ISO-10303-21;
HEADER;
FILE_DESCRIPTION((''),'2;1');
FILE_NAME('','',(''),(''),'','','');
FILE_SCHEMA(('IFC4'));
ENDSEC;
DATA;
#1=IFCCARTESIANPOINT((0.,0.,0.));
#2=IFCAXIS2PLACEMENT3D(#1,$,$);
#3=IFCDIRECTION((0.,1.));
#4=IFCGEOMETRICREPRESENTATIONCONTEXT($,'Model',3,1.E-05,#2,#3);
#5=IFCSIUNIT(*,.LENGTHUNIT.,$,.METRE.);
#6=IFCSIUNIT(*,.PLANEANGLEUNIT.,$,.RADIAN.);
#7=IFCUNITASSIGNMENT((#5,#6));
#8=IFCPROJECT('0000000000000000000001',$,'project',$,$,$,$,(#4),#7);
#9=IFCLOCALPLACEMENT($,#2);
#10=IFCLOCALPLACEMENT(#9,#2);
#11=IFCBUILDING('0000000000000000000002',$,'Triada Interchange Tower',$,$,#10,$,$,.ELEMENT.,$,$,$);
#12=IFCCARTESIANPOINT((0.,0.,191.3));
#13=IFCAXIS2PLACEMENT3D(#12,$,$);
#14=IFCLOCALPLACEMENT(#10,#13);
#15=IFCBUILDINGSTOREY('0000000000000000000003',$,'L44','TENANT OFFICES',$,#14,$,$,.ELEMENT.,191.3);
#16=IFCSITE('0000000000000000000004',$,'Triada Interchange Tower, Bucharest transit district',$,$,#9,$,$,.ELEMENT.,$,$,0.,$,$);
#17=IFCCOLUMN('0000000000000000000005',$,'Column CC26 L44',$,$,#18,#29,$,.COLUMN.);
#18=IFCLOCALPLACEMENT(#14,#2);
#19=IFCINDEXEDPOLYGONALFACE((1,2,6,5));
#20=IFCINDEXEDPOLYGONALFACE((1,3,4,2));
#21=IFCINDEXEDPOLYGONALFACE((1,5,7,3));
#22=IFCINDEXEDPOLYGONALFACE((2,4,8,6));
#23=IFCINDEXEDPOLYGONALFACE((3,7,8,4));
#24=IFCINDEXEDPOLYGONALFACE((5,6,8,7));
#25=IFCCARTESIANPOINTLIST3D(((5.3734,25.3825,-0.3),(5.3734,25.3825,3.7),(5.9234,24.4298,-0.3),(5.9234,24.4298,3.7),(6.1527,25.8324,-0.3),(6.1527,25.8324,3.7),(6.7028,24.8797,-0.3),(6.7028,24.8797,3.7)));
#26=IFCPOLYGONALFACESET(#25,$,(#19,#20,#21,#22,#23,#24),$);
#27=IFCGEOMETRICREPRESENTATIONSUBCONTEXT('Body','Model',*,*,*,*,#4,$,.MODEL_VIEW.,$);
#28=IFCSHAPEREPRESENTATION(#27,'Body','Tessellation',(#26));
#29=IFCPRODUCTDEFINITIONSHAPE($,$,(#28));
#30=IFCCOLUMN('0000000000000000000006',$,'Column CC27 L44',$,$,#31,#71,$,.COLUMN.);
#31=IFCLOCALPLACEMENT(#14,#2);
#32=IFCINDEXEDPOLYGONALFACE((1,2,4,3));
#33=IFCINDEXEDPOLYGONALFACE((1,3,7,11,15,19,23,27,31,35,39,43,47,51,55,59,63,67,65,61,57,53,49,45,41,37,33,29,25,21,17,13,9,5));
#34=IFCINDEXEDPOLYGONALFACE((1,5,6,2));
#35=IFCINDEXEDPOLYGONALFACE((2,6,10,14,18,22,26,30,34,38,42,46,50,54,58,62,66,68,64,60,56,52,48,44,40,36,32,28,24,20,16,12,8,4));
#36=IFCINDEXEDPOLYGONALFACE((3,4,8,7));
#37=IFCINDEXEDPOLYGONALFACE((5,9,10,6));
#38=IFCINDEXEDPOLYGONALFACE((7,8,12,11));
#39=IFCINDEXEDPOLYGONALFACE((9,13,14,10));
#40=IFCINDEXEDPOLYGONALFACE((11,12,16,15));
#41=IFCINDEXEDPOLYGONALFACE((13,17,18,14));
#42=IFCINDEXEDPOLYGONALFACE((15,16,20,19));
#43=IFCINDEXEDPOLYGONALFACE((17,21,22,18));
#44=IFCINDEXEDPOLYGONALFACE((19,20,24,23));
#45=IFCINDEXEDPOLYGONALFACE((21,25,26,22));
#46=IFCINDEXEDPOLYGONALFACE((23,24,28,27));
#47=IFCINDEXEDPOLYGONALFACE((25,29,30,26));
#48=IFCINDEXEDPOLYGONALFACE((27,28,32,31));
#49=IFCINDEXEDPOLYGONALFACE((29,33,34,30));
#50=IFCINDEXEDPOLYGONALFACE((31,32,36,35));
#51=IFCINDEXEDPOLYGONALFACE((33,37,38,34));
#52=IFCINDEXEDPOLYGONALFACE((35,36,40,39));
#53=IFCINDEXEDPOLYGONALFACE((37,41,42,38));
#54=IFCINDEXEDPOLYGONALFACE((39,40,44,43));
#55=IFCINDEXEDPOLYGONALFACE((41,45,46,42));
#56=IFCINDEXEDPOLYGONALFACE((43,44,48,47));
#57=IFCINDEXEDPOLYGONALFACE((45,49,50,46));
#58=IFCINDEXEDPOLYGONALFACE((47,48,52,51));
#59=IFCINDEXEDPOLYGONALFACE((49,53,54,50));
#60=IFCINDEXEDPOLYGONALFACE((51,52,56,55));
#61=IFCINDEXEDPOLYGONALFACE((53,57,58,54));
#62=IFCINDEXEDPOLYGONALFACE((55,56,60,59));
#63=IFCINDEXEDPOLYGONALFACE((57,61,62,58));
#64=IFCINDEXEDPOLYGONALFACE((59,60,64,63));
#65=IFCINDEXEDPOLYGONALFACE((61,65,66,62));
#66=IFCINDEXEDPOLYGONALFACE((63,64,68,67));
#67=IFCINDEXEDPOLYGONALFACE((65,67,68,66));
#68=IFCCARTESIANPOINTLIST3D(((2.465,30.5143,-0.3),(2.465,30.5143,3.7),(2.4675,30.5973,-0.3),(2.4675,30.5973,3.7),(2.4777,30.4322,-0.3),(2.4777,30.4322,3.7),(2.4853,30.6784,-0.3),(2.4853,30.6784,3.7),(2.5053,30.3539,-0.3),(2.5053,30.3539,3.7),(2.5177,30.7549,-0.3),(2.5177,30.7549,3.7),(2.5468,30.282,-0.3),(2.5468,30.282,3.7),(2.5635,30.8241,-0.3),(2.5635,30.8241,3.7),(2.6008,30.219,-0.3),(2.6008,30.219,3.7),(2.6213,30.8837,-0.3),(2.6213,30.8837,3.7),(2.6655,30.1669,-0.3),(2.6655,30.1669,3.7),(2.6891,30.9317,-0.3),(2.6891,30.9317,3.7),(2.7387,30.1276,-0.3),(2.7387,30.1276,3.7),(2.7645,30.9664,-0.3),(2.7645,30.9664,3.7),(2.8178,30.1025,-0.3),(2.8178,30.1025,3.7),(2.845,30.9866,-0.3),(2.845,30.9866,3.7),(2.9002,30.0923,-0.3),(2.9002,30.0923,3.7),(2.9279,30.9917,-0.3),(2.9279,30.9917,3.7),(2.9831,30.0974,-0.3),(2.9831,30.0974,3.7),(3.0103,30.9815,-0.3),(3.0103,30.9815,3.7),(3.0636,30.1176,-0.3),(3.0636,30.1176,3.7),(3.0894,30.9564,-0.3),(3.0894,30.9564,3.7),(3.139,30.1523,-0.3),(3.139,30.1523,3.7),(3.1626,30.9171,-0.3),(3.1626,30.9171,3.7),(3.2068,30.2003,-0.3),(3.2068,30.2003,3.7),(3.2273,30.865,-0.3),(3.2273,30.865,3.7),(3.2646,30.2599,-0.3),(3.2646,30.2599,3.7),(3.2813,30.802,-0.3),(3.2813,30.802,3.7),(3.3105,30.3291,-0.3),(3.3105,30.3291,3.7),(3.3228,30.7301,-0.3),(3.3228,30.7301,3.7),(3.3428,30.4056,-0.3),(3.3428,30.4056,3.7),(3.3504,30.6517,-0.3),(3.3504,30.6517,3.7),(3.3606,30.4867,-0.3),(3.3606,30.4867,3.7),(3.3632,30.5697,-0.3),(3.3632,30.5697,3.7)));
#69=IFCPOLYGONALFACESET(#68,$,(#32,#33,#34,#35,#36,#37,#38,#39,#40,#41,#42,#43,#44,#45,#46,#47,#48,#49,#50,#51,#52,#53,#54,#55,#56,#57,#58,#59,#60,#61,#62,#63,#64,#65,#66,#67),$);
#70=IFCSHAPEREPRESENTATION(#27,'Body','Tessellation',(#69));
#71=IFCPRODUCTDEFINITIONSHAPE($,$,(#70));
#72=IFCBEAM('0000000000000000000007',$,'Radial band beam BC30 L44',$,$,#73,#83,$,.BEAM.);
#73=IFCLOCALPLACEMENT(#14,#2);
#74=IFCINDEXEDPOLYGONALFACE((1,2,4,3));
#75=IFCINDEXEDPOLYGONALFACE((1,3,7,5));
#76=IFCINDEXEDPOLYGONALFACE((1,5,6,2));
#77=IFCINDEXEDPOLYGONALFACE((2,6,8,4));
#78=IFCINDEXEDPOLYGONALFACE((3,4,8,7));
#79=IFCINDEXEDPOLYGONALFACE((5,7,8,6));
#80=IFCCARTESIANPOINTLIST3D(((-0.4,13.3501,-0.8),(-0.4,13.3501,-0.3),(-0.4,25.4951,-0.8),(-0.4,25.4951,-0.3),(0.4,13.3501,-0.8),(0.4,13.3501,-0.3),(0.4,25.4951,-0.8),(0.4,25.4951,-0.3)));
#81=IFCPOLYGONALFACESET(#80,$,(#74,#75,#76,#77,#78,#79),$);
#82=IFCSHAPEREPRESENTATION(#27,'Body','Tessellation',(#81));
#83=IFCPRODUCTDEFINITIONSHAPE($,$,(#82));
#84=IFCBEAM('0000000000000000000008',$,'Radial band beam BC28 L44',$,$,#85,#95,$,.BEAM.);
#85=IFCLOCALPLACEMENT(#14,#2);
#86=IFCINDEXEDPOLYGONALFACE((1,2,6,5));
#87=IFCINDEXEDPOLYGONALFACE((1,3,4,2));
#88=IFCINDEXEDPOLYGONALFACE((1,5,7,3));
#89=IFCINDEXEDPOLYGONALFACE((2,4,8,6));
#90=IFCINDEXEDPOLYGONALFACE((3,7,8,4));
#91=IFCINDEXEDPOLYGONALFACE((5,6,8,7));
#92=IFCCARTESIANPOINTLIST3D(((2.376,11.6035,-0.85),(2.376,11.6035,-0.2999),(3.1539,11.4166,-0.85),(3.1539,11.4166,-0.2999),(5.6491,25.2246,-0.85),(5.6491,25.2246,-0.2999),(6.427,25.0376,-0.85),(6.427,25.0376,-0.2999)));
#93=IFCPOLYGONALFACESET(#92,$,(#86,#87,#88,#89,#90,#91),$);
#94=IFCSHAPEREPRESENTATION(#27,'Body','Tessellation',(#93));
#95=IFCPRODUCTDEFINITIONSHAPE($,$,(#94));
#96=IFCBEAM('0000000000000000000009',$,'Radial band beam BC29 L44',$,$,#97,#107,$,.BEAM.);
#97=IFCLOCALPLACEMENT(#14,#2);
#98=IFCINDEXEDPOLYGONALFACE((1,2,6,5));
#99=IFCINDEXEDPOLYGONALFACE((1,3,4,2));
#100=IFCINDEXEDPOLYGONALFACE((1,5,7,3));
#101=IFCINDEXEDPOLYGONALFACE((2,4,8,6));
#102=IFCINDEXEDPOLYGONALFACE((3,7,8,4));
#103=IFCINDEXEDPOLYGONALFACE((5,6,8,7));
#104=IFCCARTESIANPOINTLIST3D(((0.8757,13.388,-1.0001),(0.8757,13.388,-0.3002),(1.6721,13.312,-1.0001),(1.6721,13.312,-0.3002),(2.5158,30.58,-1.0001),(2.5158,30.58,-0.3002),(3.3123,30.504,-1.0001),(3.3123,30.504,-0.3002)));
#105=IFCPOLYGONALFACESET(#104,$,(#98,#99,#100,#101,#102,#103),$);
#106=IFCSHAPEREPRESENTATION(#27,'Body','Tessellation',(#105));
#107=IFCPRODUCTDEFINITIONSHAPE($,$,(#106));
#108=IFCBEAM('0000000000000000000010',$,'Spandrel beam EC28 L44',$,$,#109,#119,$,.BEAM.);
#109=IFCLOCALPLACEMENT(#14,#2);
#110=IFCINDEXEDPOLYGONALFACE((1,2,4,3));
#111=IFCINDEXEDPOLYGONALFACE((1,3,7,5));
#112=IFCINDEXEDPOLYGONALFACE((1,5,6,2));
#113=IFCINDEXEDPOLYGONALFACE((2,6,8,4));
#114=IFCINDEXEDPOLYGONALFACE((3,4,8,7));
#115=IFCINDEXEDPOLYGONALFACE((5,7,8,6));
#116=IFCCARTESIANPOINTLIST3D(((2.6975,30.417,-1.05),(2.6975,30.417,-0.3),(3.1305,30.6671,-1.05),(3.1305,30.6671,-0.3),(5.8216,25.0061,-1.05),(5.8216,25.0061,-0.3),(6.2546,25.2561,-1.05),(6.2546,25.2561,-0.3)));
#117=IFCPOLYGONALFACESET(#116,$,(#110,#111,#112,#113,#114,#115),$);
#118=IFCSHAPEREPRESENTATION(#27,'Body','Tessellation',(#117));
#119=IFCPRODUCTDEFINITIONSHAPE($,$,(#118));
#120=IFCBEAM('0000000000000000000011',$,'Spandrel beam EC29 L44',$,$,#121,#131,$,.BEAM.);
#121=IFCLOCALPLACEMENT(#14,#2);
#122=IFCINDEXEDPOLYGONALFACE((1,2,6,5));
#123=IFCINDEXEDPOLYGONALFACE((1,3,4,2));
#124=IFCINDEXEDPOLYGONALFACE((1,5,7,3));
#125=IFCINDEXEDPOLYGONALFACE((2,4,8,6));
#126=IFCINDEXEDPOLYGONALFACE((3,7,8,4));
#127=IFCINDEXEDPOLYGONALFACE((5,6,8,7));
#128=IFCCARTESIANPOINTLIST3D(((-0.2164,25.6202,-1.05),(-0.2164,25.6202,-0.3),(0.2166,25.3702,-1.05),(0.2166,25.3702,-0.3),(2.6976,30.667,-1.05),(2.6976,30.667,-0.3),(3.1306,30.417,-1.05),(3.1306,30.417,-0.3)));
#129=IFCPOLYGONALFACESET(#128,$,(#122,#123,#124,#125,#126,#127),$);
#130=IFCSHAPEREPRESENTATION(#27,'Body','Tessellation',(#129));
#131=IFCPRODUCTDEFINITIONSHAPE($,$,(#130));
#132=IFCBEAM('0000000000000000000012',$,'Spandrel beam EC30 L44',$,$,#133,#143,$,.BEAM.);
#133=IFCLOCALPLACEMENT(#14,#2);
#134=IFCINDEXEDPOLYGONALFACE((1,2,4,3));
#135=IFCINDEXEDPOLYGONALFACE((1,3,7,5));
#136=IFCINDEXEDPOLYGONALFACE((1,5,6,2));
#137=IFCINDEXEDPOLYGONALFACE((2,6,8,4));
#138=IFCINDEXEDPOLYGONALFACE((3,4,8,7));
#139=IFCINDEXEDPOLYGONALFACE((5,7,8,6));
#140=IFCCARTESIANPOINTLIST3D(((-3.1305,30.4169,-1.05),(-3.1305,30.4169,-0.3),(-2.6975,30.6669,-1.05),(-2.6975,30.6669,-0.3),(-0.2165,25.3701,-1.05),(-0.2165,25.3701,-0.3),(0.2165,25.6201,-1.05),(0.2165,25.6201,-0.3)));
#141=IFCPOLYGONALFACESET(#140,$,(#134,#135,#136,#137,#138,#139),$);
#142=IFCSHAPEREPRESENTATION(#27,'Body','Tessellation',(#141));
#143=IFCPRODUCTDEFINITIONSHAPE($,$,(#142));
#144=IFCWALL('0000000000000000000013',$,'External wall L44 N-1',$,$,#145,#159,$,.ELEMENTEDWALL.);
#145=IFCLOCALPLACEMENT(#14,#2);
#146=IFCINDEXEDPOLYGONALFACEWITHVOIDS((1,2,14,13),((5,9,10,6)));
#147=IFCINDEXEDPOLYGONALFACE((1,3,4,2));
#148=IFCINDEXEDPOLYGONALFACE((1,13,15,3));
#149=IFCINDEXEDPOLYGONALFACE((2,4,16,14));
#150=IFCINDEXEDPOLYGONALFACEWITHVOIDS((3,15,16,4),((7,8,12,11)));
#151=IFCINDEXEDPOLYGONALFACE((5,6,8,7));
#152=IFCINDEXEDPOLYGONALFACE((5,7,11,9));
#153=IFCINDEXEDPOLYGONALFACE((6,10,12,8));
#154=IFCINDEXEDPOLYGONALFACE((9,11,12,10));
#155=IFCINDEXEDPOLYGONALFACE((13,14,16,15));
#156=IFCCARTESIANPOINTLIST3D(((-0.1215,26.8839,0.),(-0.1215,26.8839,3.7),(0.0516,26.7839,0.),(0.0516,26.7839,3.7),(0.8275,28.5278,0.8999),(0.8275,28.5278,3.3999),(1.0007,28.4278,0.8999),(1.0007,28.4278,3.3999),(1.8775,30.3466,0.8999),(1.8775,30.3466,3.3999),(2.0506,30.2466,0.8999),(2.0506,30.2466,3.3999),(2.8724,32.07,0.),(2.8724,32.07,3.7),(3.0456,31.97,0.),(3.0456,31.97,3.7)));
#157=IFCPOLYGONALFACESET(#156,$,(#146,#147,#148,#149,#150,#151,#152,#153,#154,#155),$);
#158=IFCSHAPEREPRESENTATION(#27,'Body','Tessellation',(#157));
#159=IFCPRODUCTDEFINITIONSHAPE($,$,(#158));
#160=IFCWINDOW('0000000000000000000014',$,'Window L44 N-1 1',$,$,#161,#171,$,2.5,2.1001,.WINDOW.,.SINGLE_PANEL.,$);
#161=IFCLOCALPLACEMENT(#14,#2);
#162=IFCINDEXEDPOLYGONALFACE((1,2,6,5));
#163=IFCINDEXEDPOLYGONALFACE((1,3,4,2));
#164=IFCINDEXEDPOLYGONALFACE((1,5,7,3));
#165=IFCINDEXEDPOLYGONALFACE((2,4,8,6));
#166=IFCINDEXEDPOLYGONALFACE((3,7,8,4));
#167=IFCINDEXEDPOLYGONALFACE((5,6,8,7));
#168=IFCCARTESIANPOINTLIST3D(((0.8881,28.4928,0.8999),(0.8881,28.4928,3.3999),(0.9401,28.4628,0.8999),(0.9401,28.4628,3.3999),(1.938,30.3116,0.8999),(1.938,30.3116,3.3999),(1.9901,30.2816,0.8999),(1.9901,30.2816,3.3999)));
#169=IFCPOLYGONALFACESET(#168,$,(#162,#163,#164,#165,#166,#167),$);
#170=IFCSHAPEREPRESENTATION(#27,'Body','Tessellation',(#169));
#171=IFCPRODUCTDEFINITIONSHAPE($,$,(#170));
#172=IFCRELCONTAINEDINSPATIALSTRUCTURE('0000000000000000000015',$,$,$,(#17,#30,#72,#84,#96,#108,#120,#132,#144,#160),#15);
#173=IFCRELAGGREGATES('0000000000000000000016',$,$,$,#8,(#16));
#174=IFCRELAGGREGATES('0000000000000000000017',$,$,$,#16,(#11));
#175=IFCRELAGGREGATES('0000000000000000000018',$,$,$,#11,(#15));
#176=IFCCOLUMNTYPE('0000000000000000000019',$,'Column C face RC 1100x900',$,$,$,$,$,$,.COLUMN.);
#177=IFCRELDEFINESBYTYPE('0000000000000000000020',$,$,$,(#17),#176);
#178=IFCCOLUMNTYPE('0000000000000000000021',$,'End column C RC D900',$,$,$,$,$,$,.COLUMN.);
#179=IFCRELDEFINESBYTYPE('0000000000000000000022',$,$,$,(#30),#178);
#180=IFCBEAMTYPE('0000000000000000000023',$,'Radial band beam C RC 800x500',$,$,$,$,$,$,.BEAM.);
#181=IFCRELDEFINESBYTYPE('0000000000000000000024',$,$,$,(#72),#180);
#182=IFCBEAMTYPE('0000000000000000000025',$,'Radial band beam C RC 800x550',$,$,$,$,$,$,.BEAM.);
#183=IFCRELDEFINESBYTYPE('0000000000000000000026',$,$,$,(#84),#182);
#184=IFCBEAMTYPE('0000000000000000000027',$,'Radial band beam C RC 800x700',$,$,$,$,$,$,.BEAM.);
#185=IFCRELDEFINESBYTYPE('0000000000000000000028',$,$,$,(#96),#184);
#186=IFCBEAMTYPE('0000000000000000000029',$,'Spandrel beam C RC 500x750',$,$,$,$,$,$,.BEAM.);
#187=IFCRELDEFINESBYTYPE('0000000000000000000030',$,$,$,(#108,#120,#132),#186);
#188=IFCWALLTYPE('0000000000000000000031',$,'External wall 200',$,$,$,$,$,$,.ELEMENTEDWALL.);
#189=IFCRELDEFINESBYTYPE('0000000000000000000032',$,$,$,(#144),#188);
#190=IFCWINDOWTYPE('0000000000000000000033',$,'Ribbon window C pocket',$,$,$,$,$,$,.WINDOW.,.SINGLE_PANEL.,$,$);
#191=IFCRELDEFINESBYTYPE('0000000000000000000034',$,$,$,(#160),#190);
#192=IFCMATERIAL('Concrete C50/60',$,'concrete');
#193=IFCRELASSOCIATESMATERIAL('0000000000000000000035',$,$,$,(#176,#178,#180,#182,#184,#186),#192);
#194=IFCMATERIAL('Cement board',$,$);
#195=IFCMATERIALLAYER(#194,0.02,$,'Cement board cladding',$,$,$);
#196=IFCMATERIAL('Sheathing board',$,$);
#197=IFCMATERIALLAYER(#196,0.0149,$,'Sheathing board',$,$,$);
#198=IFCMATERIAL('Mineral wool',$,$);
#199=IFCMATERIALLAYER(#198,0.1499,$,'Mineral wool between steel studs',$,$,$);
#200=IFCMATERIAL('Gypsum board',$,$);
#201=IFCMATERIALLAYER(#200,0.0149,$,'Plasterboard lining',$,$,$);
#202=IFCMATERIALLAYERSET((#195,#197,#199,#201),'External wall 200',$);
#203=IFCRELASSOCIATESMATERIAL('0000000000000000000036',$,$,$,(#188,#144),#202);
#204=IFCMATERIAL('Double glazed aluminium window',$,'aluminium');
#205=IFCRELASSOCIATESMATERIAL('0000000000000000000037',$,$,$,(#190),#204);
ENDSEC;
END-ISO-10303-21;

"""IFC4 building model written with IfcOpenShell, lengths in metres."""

from ifc_helpers import new_model, si_unit, direction, frame, frame_2d, origin, origin_2d, place, context, subcontext, project, spatial, rectangle, circle, extrude, material, layer, layer_set, layer_usage, material_profile, profile_set, type_object, element, fill, save


model = new_model("IFC4")

# Units and contexts
model_context = context("Model", 3, precision=1e-05, world=origin(), true_north=direction((0.0, 1.0)))
body_context = subcontext(model_context, "Body", "Model", "MODEL_VIEW")
ifc_project = project(units=[si_unit("LENGTHUNIT", "METRE"), si_unit("PLANEANGLEUNIT", "RADIAN")], contexts=[model_context])

# Site, building, storey
site_placement = place(None, origin())
site = spatial("IfcSite", under=ifc_project, at=site_placement, Name="Triada Interchange Tower, Bucharest transit district", CompositionType="ELEMENT", RefElevation=0.0)
building_placement = place(site_placement, origin())
building = spatial("IfcBuilding", under=site, at=building_placement, Name="Triada Interchange Tower", CompositionType="ELEMENT")
storey_placement = place(building_placement, frame((0.0, 0.0, 191.3)))
storey = spatial("IfcBuildingStorey", under=building, at=storey_placement, Name="L44", Description="TENANT OFFICES", CompositionType="ELEMENT", Elevation=191.3)

# Columns
ifc_material_1 = material(Name="Concrete C50/60", Category="concrete")
ifc_material_profile_1 = material_profile(ifc_material_1, rectangle(XDim=1.1001, YDim=0.8999, at=origin_2d()), Name="RC 1100x900")
ifc_profile_set_1 = profile_set([ifc_material_profile_1], Name="Concrete C50/60")
column_type_1 = type_object("IfcColumnType", Name="Column C face RC 1100x900", PredefinedType="COLUMN", material=ifc_profile_set_1)
column_1_placement = place(storey_placement, frame((6.0381, 25.1311, -0.3), z_axis=(0.0, 0.0, 1.0), x_axis=(-0.5, 0.866025, 0.0)))
element("IfcColumn", 1, at=column_1_placement, inside=storey, type_object=column_type_1, Name="Column CC26 L44", PredefinedType="COLUMN", context=body_context, shape_type="SweptSolid", body=[
    extrude(rectangle(XDim=1.1001, YDim=0.8999, at=origin_2d()), origin(), (0.0, 0.0, 1.0), 4.0),
])
ifc_material_profile_2 = material_profile(ifc_material_1, circle(Radius=0.45, at=origin_2d()), Name="RC D900")
ifc_profile_set_2 = profile_set([ifc_material_profile_2], Name="Concrete C50/60")
column_type_2 = type_object("IfcColumnType", Name="End column C RC D900", PredefinedType="COLUMN", material=ifc_profile_set_2)
column_2_placement = place(storey_placement, frame((2.9141, 30.542, -0.3), z_axis=(0.0, 0.0, 1.0), x_axis=(-0.5, 0.866025, 0.0)))
element("IfcColumn", 2, at=column_2_placement, inside=storey, type_object=column_type_2, Name="Column CC27 L44", PredefinedType="COLUMN", context=body_context, shape_type="SweptSolid", body=[
    extrude(circle(Radius=0.45, at=origin_2d()), origin(), (0.0, 0.0, 1.0), 4.0),
])

# Beams
ifc_material_profile_3 = material_profile(ifc_material_1, rectangle(XDim=0.8, YDim=0.5, at=origin_2d()), Name="RC 800x500")
ifc_profile_set_3 = profile_set([ifc_material_profile_3], Name="Concrete C50/60")
beam_type_1 = type_object("IfcBeamType", Name="Radial band beam C RC 800x500", PredefinedType="BEAM", material=ifc_profile_set_3)
beam_1_placement = place(storey_placement, frame((0.0, 25.4951, -0.55), z_axis=(0.0, -1.0, 0.0), x_axis=(1.0, 0.0, 0.0)))
element("IfcBeam", 3, at=beam_1_placement, inside=storey, type_object=beam_type_1, Name="Radial band beam BC30 L44", PredefinedType="BEAM", context=body_context, shape_type="SweptSolid", body=[
    extrude(rectangle(XDim=0.8, YDim=0.5, at=origin_2d()), origin(), (0.0, 0.0, 1.0), 12.145),
])
ifc_material_profile_4 = material_profile(ifc_material_1, rectangle(XDim=0.8, YDim=0.55, at=origin_2d()), Name="RC 800x550")
ifc_profile_set_4 = profile_set([ifc_material_profile_4], Name="Concrete C50/60")
beam_type_2 = type_object("IfcBeamType", Name="Radial band beam C RC 800x550", PredefinedType="BEAM", material=ifc_profile_set_4)
beam_2_placement = place(storey_placement, frame((6.0381, 25.1311, -0.575), z_axis=(-0.233652, -0.97232, 0.0), x_axis=(0.97232, -0.233652, 0.0)))
element("IfcBeam", 4, at=beam_2_placement, inside=storey, type_object=beam_type_2, Name="Radial band beam BC28 L44", PredefinedType="BEAM", context=body_context, shape_type="SweptSolid", body=[
    extrude(rectangle(XDim=0.8, YDim=0.55, at=origin_2d()), origin(), (0.0, 0.0, 1.0), 14.0088),
])
ifc_material_profile_5 = material_profile(ifc_material_1, rectangle(XDim=0.8, YDim=0.7, at=origin_2d()), Name="RC 800x700")
ifc_profile_set_5 = profile_set([ifc_material_profile_5], Name="Concrete C50/60")
beam_type_3 = type_object("IfcBeamType", Name="Radial band beam C RC 800x700", PredefinedType="BEAM", material=ifc_profile_set_5)
beam_3_placement = place(storey_placement, frame((2.9141, 30.542, -0.6501), z_axis=(-0.094971, -0.99548, 0.0), x_axis=(0.99548, -0.094971, 0.0)))
element("IfcBeam", 5, at=beam_3_placement, inside=storey, type_object=beam_type_3, Name="Radial band beam BC29 L44", PredefinedType="BEAM", context=body_context, shape_type="SweptSolid", body=[
    extrude(rectangle(XDim=0.8, YDim=0.7, at=origin_2d()), origin(), (0.0, 0.0, 1.0), 17.27),
])
ifc_material_profile_6 = material_profile(ifc_material_1, rectangle(XDim=0.5, YDim=0.75, at=origin_2d()), Name="RC 500x750")
ifc_profile_set_6 = profile_set([ifc_material_profile_6], Name="Concrete C50/60")
beam_type_4 = type_object("IfcBeamType", Name="Spandrel beam C RC 500x750", PredefinedType="BEAM", material=ifc_profile_set_6)
beam_4_placement = place(storey_placement, frame((6.0381, 25.1311, -0.675), z_axis=(-0.500005, 0.866022, 0.0), x_axis=(-0.866022, -0.500005, 0.0)))
element("IfcBeam", 6, at=beam_4_placement, inside=storey, type_object=beam_type_4, Name="Spandrel beam EC28 L44", PredefinedType="BEAM", context=body_context, shape_type="SweptSolid", body=[
    extrude(rectangle(XDim=0.5, YDim=0.75, at=origin_2d()), origin(), (0.0, 0.0, 1.0), 6.248),
])
for number, where, z_axis, x_axis, name in (
    (7, (2.9141, 30.542, -0.675), (-0.500032, -0.866007, 0.0), (0.866007, -0.500032, 0.0), "Spandrel beam EC29 L44"),
    (8, (0.0, 25.4951, -0.675), (-0.500032, 0.866007, 0.0), (-0.866007, -0.500032, 0.0), "Spandrel beam EC30 L44"),
):
    element("IfcBeam", number, at=place(storey_placement, frame(where, z_axis=z_axis, x_axis=x_axis)), inside=storey, type_object=beam_type_4, Name=name, PredefinedType="BEAM", context=body_context, shape_type="SweptSolid", body=[
        extrude(rectangle(XDim=0.5, YDim=0.75, at=origin_2d()), origin(), (0.0, 0.0, 1.0), 5.8276),
    ])

# Wall, opening, window
ifc_material_2 = material(Name="Cement board")
ifc_layer_1 = layer(ifc_material_2, 0.02, Name="Cement board cladding")
ifc_material_3 = material(Name="Sheathing board")
ifc_layer_2 = layer(ifc_material_3, 0.0149, Name="Sheathing board")
ifc_material_4 = material(Name="Mineral wool")
ifc_layer_3 = layer(ifc_material_4, 0.1499, Name="Mineral wool between steel studs")
ifc_material_5 = material(Name="Gypsum board")
ifc_layer_4 = layer(ifc_material_5, 0.0149, Name="Plasterboard lining")
ifc_layer_set_1 = layer_set([ifc_layer_1, ifc_layer_2, ifc_layer_3, ifc_layer_4], Name="External wall 200")
ifc_layer_usage = layer_usage(ifc_layer_set_1, "AXIS2", "POSITIVE", -0.1001)
wall_type_1 = type_object("IfcWallType", Name="External wall 200", PredefinedType="ELEMENTEDWALL", material=ifc_layer_set_1)
wall_1_placement = place(storey_placement, frame((2.959, 32.02, 0.0), z_axis=(0.0, 0.0, 1.0), x_axis=(-0.499967, -0.866044, 0.0)))
wall_1 = element("IfcWall", 9, at=wall_1_placement, inside=storey, type_object=wall_type_1, material=ifc_layer_usage, Name="External wall L44 N-1", PredefinedType="ELEMENTEDWALL", context=body_context, shape_type="SweptSolid", body=[
    extrude(rectangle(XDim=5.9883, YDim=0.2, at=frame_2d((2.9941, 0.0))), origin(), (0.0, 0.0, 1.0), 3.7),
])
opening_1_placement = place(wall_1_placement, frame((1.99, 0.0, 0.8999)))
opening_1 = element("IfcOpeningElement", 10, at=opening_1_placement, cuts=wall_1, PredefinedType="OPENING", context=body_context, shape_type="SweptSolid", body=[
    extrude(rectangle(XDim=2.1001, YDim=2.5, at=frame_2d((1.05, 1.25))), frame((0.0, 0.1099, 0.0), z_axis=(0.0, -1.0, 0.0), x_axis=(1.0, 0.0, 0.0)), (0.0, 0.0, 1.0), 0.22),
])
ifc_material_6 = material(Name="Double glazed aluminium window", Category="aluminium")
window_type = type_object("IfcWindowType", Name="Ribbon window C pocket", PartitioningType="SINGLE_PANEL", PredefinedType="WINDOW", material=ifc_material_6)
window_1_placement = place(opening_1_placement, origin())
window_1 = element("IfcWindow", 11, at=window_1_placement, inside=storey, type_object=window_type, Name="Window L44 N-1 1", OverallHeight=2.5, OverallWidth=2.1001, PartitioningType="SINGLE_PANEL", PredefinedType="WINDOW", context=body_context, shape_type="SweptSolid", body=[
    extrude(rectangle(XDim=2.1001, YDim=2.5, at=frame_2d((1.05, 1.25))), frame((0.0, 0.03, 0.0), z_axis=(0.0, -1.0, 0.0), x_axis=(1.0, 0.0, 0.0)), (0.0, 0.0, 1.0), 0.0601),
])
fill(opening_1, window_1)

save(model, "model.ifc")
